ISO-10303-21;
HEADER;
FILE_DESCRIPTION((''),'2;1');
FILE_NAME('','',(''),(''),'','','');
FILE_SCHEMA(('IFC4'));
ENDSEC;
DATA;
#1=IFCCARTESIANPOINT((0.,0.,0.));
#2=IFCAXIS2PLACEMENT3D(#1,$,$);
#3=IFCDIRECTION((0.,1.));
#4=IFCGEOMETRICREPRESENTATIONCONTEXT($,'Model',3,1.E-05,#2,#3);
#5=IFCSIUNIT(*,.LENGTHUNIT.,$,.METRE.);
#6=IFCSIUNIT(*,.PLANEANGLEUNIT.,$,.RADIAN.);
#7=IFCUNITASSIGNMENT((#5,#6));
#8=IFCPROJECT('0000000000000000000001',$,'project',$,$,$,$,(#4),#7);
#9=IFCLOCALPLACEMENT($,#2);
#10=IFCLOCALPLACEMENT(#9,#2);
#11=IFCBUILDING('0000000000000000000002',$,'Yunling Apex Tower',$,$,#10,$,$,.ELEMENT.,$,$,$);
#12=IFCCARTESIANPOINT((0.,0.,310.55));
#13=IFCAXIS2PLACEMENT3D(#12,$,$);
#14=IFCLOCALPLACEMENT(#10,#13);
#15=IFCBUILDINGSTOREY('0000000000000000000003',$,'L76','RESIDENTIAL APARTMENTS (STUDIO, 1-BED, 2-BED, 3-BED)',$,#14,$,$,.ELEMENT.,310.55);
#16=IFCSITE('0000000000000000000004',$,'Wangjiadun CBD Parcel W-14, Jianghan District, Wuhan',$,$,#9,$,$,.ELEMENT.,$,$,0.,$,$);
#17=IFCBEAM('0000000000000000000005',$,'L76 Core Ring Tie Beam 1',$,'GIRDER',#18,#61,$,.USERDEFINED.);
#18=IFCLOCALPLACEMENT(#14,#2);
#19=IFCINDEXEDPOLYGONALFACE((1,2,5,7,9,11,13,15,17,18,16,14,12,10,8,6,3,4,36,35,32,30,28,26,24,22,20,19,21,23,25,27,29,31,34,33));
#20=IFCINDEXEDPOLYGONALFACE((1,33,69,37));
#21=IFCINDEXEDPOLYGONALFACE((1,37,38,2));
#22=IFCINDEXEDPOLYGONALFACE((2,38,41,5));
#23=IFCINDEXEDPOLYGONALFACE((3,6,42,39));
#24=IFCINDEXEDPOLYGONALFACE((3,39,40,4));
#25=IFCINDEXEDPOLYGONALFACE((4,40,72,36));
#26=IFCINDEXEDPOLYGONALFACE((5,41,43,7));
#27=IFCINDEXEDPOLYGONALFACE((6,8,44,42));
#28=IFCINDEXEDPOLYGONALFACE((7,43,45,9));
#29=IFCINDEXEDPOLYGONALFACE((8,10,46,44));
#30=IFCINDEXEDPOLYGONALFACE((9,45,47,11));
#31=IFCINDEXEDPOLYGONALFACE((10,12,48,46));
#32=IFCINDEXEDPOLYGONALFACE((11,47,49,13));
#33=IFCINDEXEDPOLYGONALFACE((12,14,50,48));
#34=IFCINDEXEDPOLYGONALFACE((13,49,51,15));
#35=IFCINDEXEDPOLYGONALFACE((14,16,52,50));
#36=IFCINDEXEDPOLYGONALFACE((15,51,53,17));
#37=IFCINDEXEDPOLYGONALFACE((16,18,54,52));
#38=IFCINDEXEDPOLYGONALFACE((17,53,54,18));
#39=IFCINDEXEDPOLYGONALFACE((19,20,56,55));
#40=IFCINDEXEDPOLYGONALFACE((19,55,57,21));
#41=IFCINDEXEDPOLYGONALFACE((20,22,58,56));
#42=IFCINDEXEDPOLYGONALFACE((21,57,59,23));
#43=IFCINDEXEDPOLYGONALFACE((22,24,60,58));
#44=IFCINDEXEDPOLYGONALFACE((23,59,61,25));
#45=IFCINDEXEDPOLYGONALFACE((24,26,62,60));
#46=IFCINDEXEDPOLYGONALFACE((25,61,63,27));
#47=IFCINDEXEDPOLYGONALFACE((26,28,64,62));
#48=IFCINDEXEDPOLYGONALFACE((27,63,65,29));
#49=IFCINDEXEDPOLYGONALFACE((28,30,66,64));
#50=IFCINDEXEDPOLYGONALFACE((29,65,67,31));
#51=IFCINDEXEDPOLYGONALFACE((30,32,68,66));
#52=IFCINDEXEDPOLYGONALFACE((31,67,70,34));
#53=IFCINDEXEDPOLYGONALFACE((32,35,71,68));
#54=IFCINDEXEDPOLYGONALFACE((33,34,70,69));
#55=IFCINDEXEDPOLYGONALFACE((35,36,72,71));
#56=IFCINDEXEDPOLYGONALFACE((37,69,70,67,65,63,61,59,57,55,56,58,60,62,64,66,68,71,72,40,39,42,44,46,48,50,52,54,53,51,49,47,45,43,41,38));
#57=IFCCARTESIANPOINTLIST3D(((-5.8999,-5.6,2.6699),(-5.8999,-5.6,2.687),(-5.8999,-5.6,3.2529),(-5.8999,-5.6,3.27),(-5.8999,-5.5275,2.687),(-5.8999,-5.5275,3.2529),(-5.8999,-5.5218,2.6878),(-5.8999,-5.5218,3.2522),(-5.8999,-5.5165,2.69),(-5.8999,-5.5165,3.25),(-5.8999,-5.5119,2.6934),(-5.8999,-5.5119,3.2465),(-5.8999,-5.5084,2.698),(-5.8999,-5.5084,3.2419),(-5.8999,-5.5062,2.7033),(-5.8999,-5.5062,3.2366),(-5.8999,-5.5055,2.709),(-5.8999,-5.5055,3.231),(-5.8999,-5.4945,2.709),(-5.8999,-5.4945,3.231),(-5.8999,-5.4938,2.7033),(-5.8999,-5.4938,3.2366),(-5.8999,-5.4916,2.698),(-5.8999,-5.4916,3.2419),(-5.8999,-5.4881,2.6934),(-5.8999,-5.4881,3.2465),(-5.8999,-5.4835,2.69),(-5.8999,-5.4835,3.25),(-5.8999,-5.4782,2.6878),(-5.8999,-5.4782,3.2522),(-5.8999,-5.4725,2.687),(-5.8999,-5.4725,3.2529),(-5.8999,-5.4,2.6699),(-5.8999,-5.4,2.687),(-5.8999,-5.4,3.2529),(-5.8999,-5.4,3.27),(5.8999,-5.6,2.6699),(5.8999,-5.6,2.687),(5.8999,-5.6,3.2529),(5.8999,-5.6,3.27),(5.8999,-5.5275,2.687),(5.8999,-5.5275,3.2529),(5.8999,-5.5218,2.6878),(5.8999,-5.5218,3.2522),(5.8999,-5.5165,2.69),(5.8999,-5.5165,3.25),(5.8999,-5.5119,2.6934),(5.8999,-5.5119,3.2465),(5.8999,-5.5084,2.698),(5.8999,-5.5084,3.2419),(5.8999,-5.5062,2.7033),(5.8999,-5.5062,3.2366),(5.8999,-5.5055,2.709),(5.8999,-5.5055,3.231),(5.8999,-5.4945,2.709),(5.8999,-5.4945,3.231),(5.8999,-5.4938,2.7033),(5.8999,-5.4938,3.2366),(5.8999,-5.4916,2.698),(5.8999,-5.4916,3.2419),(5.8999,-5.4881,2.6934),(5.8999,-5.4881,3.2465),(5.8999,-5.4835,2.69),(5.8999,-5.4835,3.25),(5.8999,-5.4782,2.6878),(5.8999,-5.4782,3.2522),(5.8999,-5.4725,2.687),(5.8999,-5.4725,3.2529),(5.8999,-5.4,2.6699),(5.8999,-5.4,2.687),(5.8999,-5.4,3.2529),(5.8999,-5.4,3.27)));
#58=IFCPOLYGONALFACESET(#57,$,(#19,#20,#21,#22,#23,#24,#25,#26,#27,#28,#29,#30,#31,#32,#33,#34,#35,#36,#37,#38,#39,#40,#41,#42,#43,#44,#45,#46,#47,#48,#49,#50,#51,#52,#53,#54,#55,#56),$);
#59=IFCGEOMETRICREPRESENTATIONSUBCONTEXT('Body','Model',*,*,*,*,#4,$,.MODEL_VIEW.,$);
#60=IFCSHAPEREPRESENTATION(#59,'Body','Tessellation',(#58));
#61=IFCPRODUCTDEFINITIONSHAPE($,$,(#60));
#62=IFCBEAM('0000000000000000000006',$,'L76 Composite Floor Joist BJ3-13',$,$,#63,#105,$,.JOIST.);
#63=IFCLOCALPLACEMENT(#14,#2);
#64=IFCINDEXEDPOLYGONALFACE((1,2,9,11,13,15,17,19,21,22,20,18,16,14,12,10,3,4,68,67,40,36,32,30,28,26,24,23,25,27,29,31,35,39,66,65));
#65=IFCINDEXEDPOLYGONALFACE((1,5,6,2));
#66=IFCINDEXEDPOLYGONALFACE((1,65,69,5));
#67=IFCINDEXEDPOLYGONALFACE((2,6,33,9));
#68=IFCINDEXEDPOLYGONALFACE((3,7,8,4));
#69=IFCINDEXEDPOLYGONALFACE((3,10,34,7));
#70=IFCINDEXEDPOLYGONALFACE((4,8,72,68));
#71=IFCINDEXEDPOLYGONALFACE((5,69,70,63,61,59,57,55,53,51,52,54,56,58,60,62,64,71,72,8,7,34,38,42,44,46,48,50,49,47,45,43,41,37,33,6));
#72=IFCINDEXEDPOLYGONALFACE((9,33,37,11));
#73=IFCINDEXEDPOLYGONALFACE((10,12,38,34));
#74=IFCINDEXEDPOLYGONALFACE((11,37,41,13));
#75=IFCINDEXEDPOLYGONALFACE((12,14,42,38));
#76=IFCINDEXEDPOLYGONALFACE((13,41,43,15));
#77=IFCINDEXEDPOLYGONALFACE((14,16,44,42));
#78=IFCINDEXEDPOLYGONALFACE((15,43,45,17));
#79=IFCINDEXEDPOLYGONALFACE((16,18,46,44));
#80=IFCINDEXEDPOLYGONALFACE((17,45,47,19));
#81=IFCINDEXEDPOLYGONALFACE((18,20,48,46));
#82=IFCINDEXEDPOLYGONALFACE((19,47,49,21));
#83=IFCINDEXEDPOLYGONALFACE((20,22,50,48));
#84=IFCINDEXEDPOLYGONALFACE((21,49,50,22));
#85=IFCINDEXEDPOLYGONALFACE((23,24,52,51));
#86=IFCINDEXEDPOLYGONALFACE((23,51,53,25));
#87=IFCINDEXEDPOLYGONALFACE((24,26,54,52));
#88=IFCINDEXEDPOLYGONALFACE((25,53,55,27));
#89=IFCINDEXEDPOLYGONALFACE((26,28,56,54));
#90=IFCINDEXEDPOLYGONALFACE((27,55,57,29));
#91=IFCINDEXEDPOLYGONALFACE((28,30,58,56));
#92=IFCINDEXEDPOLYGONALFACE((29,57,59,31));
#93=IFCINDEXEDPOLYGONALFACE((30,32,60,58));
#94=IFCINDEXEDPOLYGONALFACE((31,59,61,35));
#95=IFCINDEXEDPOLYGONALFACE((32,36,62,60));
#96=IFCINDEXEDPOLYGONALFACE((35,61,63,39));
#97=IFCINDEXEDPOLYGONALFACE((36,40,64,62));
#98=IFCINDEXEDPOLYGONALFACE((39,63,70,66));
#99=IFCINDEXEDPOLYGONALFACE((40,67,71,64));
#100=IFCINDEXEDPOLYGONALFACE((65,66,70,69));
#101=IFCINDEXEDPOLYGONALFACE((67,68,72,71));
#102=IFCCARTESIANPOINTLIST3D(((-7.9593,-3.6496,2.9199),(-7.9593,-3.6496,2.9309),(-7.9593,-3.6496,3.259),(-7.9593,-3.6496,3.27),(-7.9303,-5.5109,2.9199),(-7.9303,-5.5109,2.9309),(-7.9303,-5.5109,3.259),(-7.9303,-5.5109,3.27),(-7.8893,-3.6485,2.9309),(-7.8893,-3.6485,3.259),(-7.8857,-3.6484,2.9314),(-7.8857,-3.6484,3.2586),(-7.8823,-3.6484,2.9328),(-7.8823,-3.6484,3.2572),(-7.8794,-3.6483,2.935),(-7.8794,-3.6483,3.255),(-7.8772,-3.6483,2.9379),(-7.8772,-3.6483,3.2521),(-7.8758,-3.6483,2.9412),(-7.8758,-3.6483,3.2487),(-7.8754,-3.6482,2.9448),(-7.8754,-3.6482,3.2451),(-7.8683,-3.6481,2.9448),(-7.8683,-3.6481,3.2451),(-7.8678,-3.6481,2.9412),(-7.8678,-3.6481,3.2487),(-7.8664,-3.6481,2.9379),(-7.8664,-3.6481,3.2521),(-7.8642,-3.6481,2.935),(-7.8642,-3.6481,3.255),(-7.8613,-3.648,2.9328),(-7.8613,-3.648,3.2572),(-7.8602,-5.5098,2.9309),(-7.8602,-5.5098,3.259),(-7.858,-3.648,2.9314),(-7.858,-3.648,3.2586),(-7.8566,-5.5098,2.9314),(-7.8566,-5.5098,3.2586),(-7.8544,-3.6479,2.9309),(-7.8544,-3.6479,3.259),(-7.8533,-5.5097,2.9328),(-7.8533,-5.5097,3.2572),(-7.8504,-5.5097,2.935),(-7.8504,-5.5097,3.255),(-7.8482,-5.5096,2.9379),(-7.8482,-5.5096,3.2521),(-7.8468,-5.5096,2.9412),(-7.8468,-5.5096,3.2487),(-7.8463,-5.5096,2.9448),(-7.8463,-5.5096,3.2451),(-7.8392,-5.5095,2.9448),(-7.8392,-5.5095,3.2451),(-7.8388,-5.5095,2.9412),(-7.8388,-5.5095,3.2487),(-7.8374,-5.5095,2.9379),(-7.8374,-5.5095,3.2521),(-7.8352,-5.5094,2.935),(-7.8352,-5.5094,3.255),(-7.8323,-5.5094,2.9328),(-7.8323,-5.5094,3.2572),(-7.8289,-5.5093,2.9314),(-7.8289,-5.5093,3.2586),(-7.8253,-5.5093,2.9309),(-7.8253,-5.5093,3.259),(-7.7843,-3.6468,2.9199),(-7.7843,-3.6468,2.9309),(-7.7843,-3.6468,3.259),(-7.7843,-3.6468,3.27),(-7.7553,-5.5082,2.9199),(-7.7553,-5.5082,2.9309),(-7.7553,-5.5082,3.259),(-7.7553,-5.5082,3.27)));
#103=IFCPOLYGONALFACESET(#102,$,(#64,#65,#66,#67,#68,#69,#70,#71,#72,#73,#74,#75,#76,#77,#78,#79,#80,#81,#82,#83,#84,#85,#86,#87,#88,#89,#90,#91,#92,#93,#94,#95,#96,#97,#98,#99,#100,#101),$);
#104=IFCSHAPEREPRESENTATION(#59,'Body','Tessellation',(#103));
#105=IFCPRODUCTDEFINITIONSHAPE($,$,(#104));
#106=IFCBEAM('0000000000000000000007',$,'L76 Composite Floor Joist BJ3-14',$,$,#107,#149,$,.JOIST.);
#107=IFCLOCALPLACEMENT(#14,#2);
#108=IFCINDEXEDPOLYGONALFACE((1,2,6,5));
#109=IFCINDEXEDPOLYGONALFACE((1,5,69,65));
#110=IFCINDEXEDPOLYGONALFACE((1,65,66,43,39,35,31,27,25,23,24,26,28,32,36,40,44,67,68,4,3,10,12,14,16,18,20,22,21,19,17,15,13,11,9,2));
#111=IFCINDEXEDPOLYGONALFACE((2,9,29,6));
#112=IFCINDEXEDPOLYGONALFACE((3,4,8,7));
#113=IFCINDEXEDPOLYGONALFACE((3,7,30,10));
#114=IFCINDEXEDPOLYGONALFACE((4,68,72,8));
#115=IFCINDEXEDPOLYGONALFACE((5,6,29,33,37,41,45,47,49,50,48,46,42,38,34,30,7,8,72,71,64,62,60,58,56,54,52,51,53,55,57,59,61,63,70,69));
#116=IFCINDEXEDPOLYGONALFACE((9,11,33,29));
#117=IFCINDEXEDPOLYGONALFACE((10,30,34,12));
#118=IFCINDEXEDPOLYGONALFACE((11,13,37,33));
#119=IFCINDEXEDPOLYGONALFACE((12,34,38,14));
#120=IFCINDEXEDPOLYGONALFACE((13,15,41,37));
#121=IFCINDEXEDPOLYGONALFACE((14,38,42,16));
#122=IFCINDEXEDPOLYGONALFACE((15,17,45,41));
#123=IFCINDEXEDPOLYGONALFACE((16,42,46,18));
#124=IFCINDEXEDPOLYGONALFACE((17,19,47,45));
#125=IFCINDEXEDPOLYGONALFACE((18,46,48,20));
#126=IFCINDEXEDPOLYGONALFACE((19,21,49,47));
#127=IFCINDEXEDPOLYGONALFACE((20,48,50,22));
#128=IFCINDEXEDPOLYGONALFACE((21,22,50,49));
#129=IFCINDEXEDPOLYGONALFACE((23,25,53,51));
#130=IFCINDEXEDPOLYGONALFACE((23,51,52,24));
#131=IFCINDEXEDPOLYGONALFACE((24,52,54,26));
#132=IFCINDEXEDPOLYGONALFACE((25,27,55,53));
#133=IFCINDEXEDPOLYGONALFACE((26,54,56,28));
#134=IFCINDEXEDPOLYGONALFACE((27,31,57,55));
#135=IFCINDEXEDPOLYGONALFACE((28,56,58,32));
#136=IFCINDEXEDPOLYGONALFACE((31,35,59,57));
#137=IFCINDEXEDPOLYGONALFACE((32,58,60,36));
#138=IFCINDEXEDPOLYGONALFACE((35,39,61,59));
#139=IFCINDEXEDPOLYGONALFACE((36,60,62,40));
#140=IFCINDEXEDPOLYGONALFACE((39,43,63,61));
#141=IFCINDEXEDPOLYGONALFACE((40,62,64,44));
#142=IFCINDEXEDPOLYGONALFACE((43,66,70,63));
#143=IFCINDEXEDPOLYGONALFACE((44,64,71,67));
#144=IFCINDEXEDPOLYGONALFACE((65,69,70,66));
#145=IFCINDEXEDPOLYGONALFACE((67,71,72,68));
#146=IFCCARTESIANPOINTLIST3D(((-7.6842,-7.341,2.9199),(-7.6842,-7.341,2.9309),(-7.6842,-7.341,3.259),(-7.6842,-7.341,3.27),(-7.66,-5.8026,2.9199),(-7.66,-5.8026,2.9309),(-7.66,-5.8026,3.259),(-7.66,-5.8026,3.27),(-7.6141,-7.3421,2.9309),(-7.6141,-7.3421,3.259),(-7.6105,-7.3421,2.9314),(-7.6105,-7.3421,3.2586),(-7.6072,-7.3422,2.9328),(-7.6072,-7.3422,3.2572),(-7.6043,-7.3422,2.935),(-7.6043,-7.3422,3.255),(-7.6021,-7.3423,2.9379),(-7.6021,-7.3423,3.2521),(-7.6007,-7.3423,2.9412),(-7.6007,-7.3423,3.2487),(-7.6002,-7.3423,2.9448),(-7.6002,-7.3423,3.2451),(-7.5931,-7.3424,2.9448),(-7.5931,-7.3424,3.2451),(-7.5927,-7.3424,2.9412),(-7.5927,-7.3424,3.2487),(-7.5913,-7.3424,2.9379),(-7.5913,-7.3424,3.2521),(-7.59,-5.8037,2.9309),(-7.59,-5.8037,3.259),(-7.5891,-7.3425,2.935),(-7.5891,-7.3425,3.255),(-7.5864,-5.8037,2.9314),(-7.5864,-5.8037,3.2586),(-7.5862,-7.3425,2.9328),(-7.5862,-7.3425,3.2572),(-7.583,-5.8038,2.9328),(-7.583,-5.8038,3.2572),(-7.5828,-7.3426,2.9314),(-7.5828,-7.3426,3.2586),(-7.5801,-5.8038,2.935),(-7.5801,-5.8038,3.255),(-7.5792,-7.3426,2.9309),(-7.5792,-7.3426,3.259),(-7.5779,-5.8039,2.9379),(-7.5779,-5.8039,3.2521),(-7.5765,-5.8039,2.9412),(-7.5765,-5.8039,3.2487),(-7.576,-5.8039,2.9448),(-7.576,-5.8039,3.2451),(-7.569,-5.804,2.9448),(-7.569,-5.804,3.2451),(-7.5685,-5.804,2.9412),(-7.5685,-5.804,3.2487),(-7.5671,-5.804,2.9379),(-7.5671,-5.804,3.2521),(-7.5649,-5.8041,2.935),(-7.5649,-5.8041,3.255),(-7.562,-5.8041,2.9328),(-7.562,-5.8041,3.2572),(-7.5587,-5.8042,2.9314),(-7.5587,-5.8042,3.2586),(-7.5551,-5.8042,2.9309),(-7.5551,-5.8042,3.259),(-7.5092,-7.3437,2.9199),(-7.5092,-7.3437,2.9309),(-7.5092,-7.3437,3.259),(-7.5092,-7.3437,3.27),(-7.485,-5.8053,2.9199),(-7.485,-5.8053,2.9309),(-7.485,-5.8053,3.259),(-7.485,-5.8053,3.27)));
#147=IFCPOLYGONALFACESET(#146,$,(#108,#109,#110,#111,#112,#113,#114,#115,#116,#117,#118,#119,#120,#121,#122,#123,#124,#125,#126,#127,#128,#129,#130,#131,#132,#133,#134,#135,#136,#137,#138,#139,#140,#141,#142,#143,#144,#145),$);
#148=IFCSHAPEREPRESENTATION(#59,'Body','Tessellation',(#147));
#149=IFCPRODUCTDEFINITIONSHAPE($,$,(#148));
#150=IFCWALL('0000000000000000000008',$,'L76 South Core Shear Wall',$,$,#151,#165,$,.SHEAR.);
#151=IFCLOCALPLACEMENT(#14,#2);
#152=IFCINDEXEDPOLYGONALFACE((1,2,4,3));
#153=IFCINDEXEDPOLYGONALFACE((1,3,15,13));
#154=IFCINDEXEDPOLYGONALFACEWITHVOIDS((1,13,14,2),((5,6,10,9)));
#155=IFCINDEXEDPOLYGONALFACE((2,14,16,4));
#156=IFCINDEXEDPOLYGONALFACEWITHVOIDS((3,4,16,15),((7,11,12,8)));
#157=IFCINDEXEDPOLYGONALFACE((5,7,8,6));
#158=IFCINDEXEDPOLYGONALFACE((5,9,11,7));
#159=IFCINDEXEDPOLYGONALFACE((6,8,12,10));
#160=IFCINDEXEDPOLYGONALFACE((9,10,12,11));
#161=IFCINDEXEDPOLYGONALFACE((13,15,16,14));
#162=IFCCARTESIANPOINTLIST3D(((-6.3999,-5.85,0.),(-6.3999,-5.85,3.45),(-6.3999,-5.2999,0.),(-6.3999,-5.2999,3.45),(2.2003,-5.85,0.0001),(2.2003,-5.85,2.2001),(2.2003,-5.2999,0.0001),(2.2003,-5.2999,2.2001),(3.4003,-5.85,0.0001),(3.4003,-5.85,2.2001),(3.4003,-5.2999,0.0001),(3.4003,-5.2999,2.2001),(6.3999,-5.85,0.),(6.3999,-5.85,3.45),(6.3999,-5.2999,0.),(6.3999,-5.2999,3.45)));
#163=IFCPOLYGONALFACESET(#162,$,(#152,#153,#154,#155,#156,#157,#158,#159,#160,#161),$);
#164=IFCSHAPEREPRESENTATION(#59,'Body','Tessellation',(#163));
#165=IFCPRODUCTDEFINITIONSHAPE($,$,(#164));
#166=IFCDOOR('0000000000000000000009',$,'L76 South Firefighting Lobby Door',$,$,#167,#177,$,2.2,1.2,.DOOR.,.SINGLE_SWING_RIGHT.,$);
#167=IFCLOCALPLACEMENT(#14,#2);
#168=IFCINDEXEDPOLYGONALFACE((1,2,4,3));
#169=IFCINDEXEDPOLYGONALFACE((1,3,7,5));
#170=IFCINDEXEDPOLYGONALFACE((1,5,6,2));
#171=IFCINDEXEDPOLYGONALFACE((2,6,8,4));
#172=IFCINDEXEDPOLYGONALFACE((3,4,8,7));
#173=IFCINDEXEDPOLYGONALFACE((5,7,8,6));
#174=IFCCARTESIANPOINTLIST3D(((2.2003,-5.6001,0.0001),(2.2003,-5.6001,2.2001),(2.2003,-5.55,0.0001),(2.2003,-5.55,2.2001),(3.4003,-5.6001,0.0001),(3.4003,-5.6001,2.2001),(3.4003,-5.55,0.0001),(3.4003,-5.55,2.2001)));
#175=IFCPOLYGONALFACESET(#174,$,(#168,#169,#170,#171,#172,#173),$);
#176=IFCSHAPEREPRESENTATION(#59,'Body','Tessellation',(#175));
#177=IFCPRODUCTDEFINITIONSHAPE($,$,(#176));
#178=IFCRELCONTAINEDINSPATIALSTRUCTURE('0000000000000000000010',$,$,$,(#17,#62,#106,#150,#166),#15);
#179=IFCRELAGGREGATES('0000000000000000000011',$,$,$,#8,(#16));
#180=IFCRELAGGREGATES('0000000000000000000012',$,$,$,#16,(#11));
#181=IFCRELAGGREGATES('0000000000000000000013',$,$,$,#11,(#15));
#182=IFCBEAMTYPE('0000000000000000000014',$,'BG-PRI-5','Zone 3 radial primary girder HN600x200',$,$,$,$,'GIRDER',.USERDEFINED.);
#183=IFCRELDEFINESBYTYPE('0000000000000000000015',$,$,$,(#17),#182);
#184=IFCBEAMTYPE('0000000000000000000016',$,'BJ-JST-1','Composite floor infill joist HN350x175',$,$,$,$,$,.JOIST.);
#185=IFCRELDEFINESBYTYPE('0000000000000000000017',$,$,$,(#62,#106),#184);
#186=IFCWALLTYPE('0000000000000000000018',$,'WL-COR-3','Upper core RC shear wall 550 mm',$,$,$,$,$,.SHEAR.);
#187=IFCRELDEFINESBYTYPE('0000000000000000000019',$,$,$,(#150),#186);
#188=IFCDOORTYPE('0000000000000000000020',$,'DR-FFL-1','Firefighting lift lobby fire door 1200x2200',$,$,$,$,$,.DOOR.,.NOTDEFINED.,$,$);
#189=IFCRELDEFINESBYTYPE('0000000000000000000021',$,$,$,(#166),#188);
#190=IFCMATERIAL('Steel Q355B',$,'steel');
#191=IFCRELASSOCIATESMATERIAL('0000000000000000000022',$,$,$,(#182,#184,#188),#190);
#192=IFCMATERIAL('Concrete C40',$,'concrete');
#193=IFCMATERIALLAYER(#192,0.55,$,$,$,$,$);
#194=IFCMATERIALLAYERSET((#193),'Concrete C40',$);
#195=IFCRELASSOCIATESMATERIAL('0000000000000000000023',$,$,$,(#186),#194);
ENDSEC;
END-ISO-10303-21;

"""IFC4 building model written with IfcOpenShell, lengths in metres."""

from ifc_helpers import new_model, si_unit, direction, frame, frame_2d, origin, origin_2d, place, context, subcontext, project, spatial, rectangle, i_section, extrude, source, transform, mapped, material, layer, layer_set, material_profile, profile_set, type_object, element, fill, save


model = new_model("IFC4")

# Units and contexts
model_context = context("Model", 3, precision=1e-05, world=origin(), true_north=direction((0.0, 1.0)))
body_context = subcontext(model_context, "Body", "Model", "MODEL_VIEW")
ifc_project = project(units=[si_unit("LENGTHUNIT", "METRE"), si_unit("PLANEANGLEUNIT", "RADIAN")], contexts=[model_context])

# Site, building, storey
site_placement = place(None, origin())
site = spatial("IfcSite", under=ifc_project, at=site_placement, Name="Wangjiadun CBD Parcel W-14, Jianghan District, Wuhan", CompositionType="ELEMENT", RefElevation=0.0)
building_placement = place(site_placement, origin())
building = spatial("IfcBuilding", under=site, at=building_placement, Name="Yunling Apex Tower", CompositionType="ELEMENT")
storey_placement = place(building_placement, frame((0.0, 0.0, 310.55)))
storey = spatial("IfcBuildingStorey", under=building, at=storey_placement, Name="L76", Description="RESIDENTIAL APARTMENTS (STUDIO, 1-BED, 2-BED, 3-BED)", CompositionType="ELEMENT", Elevation=310.55)

# Beams
ifc_material_1 = material(Name="Steel Q355B", Category="steel")
ifc_material_2 = material(Name="Concrete C40", Category="concrete")
ifc_material_profile_1 = material_profile(ifc_material_1, i_section(OverallWidth=0.2, OverallDepth=0.6001, WebThickness=0.011, FlangeThickness=0.0171, FilletRadius=0.022, at=origin_2d()))
ifc_profile_set_1 = profile_set([ifc_material_profile_1], Name="Steel Q355B")
beam_type_1 = type_object("IfcBeamType", Name="BG-PRI-5", Description="Zone 3 radial primary girder HN600x200", ElementType="GIRDER", PredefinedType="USERDEFINED", material=ifc_profile_set_1)
shared_shape_1 = source(origin(), body_context, "Body", "SweptSolid", [
    extrude(i_section(OverallWidth=0.2, OverallDepth=0.6001, WebThickness=0.011, FlangeThickness=0.0171, FilletRadius=0.022, at=origin_2d()), origin(), (0.0, 0.0, 1.0), 11.7998),
])
beam_1_placement = place(storey_placement, frame((-5.8999, -5.5, 2.97), z_axis=(1.0, 0.0, 0.0), x_axis=(0.0, 1.0, 0.0)))
element("IfcBeam", 1, at=beam_1_placement, inside=storey, type_object=beam_type_1, Name="L76 Core Ring Tie Beam 1", ObjectType="GIRDER", PredefinedType="USERDEFINED", context=body_context, shape_type="MappedRepresentation", body=[
    mapped(shared_shape_1, transform((0.0, 0.0, 0.0), scale=1.0)),
])
ifc_material_profile_2 = material_profile(ifc_material_1, i_section(OverallWidth=0.175, OverallDepth=0.3501, WebThickness=0.0071, FlangeThickness=0.011, FilletRadius=0.0139, at=origin_2d()))
ifc_profile_set_2 = profile_set([ifc_material_profile_2], Name="Steel Q355B")
beam_type_2 = type_object("IfcBeamType", Name="BJ-JST-1", Description="Composite floor infill joist HN350x175", PredefinedType="JOIST", material=ifc_profile_set_2)
shared_shape_2 = source(origin(), body_context, "Body", "SweptSolid", [
    extrude(i_section(OverallWidth=0.175, OverallDepth=0.3501, WebThickness=0.0071, FlangeThickness=0.011, FilletRadius=0.0139, at=origin_2d()), origin(), (0.0, 0.0, 1.0), 1.8616),
])
beam_2_placement = place(storey_placement, frame((-7.8718, -3.6482, 3.095), z_axis=(0.015607, -0.999878, 0.0), x_axis=(0.999878, 0.015607, 0.0)))
element("IfcBeam", 2, at=beam_2_placement, inside=storey, type_object=beam_type_2, Name="L76 Composite Floor Joist BJ3-13", PredefinedType="JOIST", context=body_context, shape_type="MappedRepresentation", body=[
    mapped(shared_shape_2, transform((0.0, 0.0, 0.0), scale=1.0)),
])
shared_shape_3 = source(origin(), body_context, "Body", "SweptSolid", [
    extrude(i_section(OverallWidth=0.175, OverallDepth=0.3501, WebThickness=0.0071, FlangeThickness=0.011, FilletRadius=0.0139, at=origin_2d()), origin(), (0.0, 0.0, 1.0), 1.5386),
])
beam_3_placement = place(storey_placement, frame((-7.5725, -5.804, 3.095), z_axis=(-0.01571, -0.999877, 0.0), x_axis=(0.999877, -0.01571, 0.0)))
element("IfcBeam", 3, at=beam_3_placement, inside=storey, type_object=beam_type_2, Name="L76 Composite Floor Joist BJ3-14", PredefinedType="JOIST", context=body_context, shape_type="MappedRepresentation", body=[
    mapped(shared_shape_3, transform((0.0, 0.0, 0.0), scale=1.0)),
])

# Wall, opening, door
ifc_layer_1 = layer(ifc_material_2, 0.55)
ifc_layer_set_1 = layer_set([ifc_layer_1], Name="Concrete C40")
wall_type_1 = type_object("IfcWallType", Name="WL-COR-3", Description="Upper core RC shear wall 550 mm", PredefinedType="SHEAR", material=ifc_layer_set_1)
wall_1_placement = place(storey_placement, frame((-6.3999, -5.575, 0.0), z_axis=(0.0, 0.0, 1.0), x_axis=(1.0, 0.0, 0.0)))
wall_1 = element("IfcWall", 4, at=wall_1_placement, inside=storey, type_object=wall_type_1, Name="L76 South Core Shear Wall", PredefinedType="SHEAR", context=body_context, shape_type="SweptSolid", body=[
    extrude(rectangle(XDim=12.7998, YDim=0.55, at=frame_2d((6.3999, 0.0))), origin(), (0.0, 0.0, 1.0), 3.45),
])
opening_1_placement = place(wall_1_placement, frame((8.6001, 0.0, 0.0)))
opening_1 = element("IfcOpeningElement", 5, at=opening_1_placement, cuts=wall_1, PredefinedType="OPENING", context=body_context, shape_type="SweptSolid", body=[
    extrude(rectangle(XDim=1.2, YDim=2.2, at=frame_2d((0.6001, 1.1001))), frame((0.0, 0.2852, 0.0), z_axis=(0.0, -1.0, 0.0), x_axis=(1.0, 0.0, 0.0)), (0.0, 0.0, 1.0), 0.5701),
])
door_type_1 = type_object("IfcDoorType", Name="DR-FFL-1", Description="Firefighting lift lobby fire door 1200x2200", OperationType="NOTDEFINED", PredefinedType="DOOR", material=ifc_material_1)
door_1_placement = place(opening_1_placement, origin())
door_1 = element("IfcDoor", 6, at=door_1_placement, inside=storey, type_object=door_type_1, Name="L76 South Firefighting Lobby Door", OperationType="SINGLE_SWING_RIGHT", OverallHeight=2.2, OverallWidth=1.2, PredefinedType="DOOR", context=body_context, shape_type="SweptSolid", body=[
    extrude(rectangle(XDim=1.2, YDim=2.2, at=frame_2d((0.6001, 1.1001))), frame((0.0, 0.0249, 0.0), z_axis=(0.0, -1.0, 0.0), x_axis=(1.0, 0.0, 0.0)), (0.0, 0.0, 1.0), 0.05),
])
fill(opening_1, door_1)

save(model, "model.ifc")
